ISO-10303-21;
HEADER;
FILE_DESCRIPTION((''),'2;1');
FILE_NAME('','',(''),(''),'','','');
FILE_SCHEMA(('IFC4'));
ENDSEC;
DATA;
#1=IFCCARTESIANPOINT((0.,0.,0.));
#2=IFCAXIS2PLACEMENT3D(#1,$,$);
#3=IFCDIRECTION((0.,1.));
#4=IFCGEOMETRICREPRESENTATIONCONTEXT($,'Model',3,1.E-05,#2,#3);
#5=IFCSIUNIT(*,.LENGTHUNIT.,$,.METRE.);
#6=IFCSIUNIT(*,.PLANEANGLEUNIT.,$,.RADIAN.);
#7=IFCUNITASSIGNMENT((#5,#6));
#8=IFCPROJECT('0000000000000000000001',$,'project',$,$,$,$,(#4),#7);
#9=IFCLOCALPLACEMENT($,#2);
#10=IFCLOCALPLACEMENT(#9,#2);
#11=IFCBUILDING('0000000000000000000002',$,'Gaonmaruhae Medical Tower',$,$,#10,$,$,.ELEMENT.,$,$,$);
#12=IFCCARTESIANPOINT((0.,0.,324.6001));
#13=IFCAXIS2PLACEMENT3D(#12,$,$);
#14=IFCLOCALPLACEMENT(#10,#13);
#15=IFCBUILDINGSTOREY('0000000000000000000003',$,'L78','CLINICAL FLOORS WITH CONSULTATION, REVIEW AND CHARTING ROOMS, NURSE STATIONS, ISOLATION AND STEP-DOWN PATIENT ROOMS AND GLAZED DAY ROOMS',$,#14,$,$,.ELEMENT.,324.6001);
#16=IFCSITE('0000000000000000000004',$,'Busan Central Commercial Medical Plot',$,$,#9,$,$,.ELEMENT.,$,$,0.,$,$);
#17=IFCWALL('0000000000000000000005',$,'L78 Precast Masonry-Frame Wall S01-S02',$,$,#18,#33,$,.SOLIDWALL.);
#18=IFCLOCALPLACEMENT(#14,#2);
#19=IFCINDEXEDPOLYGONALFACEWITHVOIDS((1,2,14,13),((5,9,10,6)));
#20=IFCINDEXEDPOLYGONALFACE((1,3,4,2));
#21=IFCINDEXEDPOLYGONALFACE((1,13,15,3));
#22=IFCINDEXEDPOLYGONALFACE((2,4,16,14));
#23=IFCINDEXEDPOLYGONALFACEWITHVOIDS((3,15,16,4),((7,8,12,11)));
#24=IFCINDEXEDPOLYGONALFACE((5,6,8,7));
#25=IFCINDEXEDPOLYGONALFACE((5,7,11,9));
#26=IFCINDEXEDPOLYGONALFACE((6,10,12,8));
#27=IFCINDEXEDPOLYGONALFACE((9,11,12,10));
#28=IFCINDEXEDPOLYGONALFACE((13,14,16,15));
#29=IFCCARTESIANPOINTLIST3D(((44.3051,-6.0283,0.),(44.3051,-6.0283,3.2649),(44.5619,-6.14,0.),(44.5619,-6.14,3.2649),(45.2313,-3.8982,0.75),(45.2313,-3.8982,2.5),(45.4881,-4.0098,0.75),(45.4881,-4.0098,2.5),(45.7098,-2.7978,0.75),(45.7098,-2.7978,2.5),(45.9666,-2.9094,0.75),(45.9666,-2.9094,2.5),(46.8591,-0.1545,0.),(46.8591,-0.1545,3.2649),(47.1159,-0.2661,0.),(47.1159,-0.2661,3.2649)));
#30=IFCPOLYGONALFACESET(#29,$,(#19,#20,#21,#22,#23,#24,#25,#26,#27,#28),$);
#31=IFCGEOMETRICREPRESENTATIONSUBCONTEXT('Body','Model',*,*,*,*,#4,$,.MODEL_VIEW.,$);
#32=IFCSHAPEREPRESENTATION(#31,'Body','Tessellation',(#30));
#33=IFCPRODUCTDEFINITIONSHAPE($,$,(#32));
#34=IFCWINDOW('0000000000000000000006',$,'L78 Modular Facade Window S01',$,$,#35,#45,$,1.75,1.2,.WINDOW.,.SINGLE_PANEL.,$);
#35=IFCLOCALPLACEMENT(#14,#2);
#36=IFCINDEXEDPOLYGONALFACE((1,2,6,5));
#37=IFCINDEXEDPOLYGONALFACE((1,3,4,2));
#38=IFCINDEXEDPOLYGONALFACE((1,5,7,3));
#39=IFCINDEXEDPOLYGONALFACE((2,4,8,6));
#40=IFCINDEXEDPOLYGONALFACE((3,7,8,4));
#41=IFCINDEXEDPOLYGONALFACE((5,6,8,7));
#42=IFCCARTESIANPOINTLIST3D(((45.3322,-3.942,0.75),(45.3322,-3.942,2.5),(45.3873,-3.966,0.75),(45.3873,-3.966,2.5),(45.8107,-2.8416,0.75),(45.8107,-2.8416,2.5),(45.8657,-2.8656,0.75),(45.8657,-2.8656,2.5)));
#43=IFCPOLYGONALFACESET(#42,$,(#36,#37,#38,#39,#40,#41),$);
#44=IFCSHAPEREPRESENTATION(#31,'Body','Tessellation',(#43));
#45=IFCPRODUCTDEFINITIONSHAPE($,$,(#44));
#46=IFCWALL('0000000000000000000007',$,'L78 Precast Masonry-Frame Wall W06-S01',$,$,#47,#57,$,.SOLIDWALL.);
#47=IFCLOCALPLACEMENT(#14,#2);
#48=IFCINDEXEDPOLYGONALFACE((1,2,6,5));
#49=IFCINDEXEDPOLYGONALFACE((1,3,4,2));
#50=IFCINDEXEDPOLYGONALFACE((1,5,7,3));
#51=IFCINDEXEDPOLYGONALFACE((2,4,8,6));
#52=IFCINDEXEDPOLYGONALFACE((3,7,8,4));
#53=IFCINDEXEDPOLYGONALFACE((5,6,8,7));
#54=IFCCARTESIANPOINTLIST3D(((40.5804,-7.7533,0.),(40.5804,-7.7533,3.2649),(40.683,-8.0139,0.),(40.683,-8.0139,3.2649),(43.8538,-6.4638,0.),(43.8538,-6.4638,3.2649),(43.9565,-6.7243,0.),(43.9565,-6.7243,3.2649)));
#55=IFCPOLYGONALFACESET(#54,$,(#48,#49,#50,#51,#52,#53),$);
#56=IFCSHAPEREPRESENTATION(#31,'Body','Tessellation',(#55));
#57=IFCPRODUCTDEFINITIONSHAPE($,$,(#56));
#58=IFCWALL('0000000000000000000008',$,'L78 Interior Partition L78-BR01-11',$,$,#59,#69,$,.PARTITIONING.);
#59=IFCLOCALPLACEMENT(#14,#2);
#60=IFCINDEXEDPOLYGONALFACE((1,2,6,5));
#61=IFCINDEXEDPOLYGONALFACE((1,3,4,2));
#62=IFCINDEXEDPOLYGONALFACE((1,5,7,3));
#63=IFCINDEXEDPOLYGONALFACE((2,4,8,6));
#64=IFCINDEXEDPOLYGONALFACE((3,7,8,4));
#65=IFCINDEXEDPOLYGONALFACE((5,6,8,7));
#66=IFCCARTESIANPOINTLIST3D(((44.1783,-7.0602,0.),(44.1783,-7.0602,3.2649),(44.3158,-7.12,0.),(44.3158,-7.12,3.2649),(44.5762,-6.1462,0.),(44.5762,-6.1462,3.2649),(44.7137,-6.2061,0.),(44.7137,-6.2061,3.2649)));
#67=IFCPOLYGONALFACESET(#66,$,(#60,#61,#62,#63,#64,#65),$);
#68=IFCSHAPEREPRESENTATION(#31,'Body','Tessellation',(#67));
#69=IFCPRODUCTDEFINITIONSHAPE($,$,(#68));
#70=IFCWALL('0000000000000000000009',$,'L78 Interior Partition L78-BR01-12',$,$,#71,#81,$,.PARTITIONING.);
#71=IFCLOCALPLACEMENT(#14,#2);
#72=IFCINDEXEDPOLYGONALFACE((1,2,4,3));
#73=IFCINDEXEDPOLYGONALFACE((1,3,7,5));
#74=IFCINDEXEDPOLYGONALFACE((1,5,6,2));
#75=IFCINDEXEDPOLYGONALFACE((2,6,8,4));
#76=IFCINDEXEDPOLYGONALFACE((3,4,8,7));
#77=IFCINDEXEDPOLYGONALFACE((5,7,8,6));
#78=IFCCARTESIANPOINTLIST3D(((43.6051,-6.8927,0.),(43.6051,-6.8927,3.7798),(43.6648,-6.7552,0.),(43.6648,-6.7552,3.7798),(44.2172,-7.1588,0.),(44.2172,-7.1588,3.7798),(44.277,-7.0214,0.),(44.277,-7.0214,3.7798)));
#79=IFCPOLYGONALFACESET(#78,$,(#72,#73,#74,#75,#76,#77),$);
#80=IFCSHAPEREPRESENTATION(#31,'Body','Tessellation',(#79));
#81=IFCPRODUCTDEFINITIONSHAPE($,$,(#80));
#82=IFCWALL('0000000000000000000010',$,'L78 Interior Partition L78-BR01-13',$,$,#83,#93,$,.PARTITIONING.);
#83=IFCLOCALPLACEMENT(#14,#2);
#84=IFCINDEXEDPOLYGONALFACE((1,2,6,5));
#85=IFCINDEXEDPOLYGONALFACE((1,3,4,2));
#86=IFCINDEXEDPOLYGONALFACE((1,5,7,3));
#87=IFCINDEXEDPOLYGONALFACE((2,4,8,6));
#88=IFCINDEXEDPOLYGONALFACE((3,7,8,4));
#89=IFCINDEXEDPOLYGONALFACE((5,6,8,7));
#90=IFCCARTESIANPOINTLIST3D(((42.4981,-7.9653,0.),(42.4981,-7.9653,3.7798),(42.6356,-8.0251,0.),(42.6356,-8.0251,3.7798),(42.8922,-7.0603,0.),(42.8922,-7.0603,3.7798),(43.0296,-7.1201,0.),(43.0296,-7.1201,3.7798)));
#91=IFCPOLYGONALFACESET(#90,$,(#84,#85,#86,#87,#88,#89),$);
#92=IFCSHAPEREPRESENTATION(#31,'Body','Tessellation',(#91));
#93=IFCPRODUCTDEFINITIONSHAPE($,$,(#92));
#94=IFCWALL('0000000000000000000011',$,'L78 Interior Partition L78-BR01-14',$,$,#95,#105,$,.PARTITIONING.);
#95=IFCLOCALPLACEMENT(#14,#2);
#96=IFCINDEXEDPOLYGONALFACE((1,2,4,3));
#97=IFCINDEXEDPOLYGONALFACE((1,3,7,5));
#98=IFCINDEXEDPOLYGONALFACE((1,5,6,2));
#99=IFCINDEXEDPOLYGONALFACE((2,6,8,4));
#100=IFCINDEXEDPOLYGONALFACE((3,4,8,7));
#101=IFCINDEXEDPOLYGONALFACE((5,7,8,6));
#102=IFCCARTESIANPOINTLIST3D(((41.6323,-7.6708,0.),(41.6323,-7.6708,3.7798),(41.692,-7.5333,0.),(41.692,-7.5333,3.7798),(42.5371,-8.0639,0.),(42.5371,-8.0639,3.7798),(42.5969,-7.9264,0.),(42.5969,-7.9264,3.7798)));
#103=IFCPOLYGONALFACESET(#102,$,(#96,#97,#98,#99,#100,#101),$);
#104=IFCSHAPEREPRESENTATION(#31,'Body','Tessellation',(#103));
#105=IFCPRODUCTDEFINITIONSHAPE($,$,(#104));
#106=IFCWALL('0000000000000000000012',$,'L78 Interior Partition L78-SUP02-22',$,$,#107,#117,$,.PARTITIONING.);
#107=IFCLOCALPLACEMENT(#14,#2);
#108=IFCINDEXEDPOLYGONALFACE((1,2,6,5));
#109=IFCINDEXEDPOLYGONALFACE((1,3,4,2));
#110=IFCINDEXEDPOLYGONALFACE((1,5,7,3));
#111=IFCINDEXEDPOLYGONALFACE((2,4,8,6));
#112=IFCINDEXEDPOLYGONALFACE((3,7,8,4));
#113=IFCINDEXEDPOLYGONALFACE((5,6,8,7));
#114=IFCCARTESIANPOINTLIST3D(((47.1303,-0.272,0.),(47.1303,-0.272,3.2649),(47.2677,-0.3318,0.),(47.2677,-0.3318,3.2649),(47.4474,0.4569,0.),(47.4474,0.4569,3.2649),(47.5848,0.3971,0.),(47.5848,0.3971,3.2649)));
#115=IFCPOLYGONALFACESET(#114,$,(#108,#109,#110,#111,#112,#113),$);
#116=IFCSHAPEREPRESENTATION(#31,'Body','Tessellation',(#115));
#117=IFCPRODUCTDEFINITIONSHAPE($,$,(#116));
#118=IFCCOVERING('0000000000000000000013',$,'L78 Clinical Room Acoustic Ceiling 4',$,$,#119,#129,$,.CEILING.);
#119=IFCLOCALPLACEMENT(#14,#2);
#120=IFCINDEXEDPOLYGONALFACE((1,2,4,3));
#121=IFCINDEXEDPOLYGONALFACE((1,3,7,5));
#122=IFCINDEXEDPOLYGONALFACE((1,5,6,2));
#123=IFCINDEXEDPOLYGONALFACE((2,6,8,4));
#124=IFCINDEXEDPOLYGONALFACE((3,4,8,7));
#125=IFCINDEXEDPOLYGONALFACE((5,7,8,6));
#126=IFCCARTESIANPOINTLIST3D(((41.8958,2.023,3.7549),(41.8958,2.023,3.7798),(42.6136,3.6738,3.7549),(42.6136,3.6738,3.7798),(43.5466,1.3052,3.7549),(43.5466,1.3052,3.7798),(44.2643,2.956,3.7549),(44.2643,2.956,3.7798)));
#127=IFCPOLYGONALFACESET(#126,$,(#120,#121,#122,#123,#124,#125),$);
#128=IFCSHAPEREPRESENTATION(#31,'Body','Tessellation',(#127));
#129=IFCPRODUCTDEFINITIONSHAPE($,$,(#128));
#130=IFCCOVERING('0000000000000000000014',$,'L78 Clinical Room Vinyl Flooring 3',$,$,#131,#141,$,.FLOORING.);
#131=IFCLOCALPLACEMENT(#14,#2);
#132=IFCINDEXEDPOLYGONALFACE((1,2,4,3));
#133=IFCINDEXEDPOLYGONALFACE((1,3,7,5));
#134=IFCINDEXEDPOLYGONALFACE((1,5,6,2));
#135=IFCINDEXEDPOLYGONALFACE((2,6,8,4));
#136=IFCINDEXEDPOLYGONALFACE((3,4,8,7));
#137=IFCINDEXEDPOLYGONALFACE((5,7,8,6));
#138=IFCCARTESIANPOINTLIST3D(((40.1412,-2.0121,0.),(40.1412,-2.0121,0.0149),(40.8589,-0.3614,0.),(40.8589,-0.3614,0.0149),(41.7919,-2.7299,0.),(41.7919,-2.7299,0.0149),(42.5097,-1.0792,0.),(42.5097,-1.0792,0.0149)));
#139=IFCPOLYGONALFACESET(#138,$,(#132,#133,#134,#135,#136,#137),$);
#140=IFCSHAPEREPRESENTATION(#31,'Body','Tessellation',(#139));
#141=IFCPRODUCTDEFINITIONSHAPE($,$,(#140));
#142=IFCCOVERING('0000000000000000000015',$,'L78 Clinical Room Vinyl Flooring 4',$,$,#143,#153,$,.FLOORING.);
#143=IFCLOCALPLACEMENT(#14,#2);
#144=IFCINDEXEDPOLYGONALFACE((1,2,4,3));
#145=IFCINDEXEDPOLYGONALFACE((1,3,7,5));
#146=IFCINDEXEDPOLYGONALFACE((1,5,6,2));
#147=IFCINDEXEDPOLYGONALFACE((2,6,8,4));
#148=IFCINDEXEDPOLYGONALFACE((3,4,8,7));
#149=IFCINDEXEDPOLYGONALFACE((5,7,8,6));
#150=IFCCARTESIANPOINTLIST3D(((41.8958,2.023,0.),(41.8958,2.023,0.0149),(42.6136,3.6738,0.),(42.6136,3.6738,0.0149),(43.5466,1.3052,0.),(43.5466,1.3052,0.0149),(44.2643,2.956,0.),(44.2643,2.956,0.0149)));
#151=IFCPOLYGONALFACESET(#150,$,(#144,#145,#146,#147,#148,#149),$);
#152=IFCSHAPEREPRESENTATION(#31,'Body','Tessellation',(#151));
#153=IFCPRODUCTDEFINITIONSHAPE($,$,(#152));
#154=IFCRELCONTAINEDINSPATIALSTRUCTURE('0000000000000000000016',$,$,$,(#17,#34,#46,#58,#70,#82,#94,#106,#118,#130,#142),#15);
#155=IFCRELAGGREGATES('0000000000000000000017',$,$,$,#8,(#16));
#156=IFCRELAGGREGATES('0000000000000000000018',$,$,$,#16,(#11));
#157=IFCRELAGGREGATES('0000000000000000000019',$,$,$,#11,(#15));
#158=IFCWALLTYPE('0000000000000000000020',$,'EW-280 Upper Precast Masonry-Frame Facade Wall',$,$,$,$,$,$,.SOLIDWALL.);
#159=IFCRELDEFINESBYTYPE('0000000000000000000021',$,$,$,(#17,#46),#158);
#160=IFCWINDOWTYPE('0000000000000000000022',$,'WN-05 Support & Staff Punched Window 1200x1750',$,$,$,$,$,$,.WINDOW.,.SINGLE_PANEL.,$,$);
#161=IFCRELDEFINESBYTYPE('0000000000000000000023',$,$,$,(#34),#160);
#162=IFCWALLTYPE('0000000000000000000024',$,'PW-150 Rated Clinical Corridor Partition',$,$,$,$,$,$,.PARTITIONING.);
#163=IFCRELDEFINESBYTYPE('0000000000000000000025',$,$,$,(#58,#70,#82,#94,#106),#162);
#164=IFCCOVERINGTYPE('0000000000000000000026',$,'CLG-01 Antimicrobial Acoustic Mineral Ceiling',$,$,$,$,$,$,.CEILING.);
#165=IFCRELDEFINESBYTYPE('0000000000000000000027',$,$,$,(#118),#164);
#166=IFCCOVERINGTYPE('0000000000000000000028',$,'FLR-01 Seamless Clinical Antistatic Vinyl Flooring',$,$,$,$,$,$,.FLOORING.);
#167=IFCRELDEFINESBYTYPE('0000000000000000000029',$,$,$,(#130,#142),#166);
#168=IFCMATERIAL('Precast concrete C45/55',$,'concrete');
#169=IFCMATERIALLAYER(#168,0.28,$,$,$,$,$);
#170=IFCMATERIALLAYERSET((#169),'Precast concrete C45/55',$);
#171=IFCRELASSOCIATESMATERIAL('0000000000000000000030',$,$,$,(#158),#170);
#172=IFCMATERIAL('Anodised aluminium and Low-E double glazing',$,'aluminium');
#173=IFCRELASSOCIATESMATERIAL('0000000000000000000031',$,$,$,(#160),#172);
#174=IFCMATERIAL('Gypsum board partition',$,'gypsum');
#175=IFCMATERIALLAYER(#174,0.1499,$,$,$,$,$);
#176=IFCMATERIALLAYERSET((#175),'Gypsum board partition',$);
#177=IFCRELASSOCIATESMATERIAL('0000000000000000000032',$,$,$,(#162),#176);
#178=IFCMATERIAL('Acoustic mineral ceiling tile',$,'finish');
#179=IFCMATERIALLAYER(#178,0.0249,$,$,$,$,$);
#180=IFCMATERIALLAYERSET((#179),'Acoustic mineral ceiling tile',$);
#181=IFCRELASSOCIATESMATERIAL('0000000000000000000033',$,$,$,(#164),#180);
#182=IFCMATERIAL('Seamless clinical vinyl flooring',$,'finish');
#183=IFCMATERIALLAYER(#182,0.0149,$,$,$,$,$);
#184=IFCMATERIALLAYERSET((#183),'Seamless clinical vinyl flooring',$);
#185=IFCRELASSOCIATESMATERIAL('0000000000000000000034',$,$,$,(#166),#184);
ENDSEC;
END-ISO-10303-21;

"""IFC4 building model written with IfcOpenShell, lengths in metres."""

from ifc_helpers import new_model, si_unit, direction, frame, frame_2d, origin, origin_2d, place, context, subcontext, project, spatial, rectangle, extrude, material, layer, layer_set, type_object, element, fill, save


model = new_model("IFC4")

# Units and contexts
model_context = context("Model", 3, precision=1e-05, world=origin(), true_north=direction((0.0, 1.0)))
body_context = subcontext(model_context, "Body", "Model", "MODEL_VIEW")
ifc_project = project(units=[si_unit("LENGTHUNIT", "METRE"), si_unit("PLANEANGLEUNIT", "RADIAN")], contexts=[model_context])

# Site, building, storey
site_placement = place(None, origin())
site = spatial("IfcSite", under=ifc_project, at=site_placement, Name="Busan Central Commercial Medical Plot", CompositionType="ELEMENT", RefElevation=0.0)
building_placement = place(site_placement, origin())
building = spatial("IfcBuilding", under=site, at=building_placement, Name="Gaonmaruhae Medical Tower", CompositionType="ELEMENT")
storey_placement = place(building_placement, frame((0.0, 0.0, 324.6001)))
storey = spatial("IfcBuildingStorey", under=building, at=storey_placement, Name="L78", Description="CLINICAL FLOORS WITH CONSULTATION, REVIEW AND CHARTING ROOMS, NURSE STATIONS, ISOLATION AND STEP-DOWN PATIENT ROOMS AND GLAZED DAY ROOMS", CompositionType="ELEMENT", Elevation=324.6001)

# Wall, opening, window
ifc_material_1 = material(Name="Precast concrete C45/55", Category="concrete")
ifc_layer_1 = layer(ifc_material_1, 0.28)
ifc_layer_set_1 = layer_set([ifc_layer_1], Name="Precast concrete C45/55")
wall_type_1 = type_object("IfcWallType", Name="EW-280 Upper Precast Masonry-Frame Facade Wall", PredefinedType="SOLIDWALL", material=ifc_layer_set_1)
wall_1_placement = place(storey_placement, frame((46.9875, -0.2102, 0.0), z_axis=(0.0, 0.0, 1.0), x_axis=(-0.398744, -0.917062, 0.0)))
wall_1 = element("IfcWall", 1, at=wall_1_placement, inside=storey, type_object=wall_type_1, Name="L78 Precast Masonry-Frame Wall S01-S02", PredefinedType="SOLIDWALL", context=body_context, shape_type="SweptSolid", body=[
    extrude(rectangle(XDim=6.405, YDim=0.28, at=frame_2d((3.2026, 0.0))), origin(), (0.0, 0.0, 1.0), 3.2649),
])
opening_placement = place(wall_1_placement, frame((2.8823, 0.0, 0.75)))
opening = element("IfcOpeningElement", 2, at=opening_placement, cuts=wall_1, PredefinedType="OPENING", context=body_context, shape_type="SweptSolid", body=[
    extrude(rectangle(XDim=1.2, YDim=1.75, at=frame_2d((0.6001, 0.875))), frame((0.0, 0.1499, 0.0), z_axis=(0.0, -1.0, 0.0), x_axis=(1.0, 0.0, 0.0)), (0.0, 0.0, 1.0), 0.3),
])
ifc_material_2 = material(Name="Anodised aluminium and Low-E double glazing", Category="aluminium")
window_type = type_object("IfcWindowType", Name="WN-05 Support & Staff Punched Window 1200x1750", PartitioningType="SINGLE_PANEL", PredefinedType="WINDOW", material=ifc_material_2)
window_placement = place(opening_placement, origin())
window = element("IfcWindow", 3, at=window_placement, inside=storey, type_object=window_type, Name="L78 Modular Facade Window S01", OverallHeight=1.75, OverallWidth=1.2, PartitioningType="SINGLE_PANEL", PredefinedType="WINDOW", context=body_context, shape_type="SweptSolid", body=[
    extrude(rectangle(XDim=1.2, YDim=1.75, at=frame_2d((0.6001, 0.875))), frame((0.0, 0.03, 0.0), z_axis=(0.0, -1.0, 0.0), x_axis=(1.0, 0.0, 0.0)), (0.0, 0.0, 1.0), 0.0601),
])
fill(opening, window)

# Walls
wall_2_placement = place(storey_placement, frame((43.9053, -6.594, 0.0), z_axis=(0.0, 0.0, 1.0), x_axis=(-0.930407, -0.366528, 0.0)))
element("IfcWall", 4, at=wall_2_placement, inside=storey, type_object=wall_type_1, Name="L78 Precast Masonry-Frame Wall W06-S01", PredefinedType="SOLIDWALL", context=body_context, shape_type="SweptSolid", body=[
    extrude(rectangle(XDim=3.5183, YDim=0.28, at=frame_2d((1.7593, 0.0))), origin(), (0.0, 0.0, 1.0), 3.2649),
])
ifc_material_3 = material(Name="Gypsum board partition", Category="gypsum")
ifc_layer_2 = layer(ifc_material_3, 0.1499)
ifc_layer_set_2 = layer_set([ifc_layer_2], Name="Gypsum board partition")
wall_type_2 = type_object("IfcWallType", Name="PW-150 Rated Clinical Corridor Partition", PredefinedType="PARTITIONING", material=ifc_layer_set_2)
wall_3_placement = place(storey_placement, frame((44.645, -6.176, 0.0), z_axis=(0.0, 0.0, 1.0), x_axis=(-0.399174, -0.916875, 0.0)))
element("IfcWall", 5, at=wall_3_placement, inside=storey, type_object=wall_type_2, Name="L78 Interior Partition L78-BR01-11", PredefinedType="PARTITIONING", context=body_context, shape_type="SweptSolid", body=[
    extrude(rectangle(XDim=0.9968, YDim=0.1499, at=frame_2d((0.4985, 0.0))), origin(), (0.0, 0.0, 1.0), 3.2649),
])
wall_4_placement = place(storey_placement, frame((44.2471, -7.0901, 0.0), z_axis=(0.0, 0.0, 1.0), x_axis=(-0.91707, 0.398726, 0.0)))
element("IfcWall", 6, at=wall_4_placement, inside=storey, type_object=wall_type_2, Name="L78 Interior Partition L78-BR01-12", PredefinedType="PARTITIONING", context=body_context, shape_type="SweptSolid", body=[
    extrude(rectangle(XDim=0.6675, YDim=0.1499, at=frame_2d((0.3337, 0.0))), origin(), (0.0, 0.0, 1.0), 3.7798),
])
wall_5_placement = place(storey_placement, frame((42.9609, -7.0901, 0.0), z_axis=(0.0, 0.0, 1.0), x_axis=(-0.399196, -0.916865, 0.0)))
element("IfcWall", 7, at=wall_5_placement, inside=storey, type_object=wall_type_2, Name="L78 Interior Partition L78-BR01-13", PredefinedType="PARTITIONING", context=body_context, shape_type="SweptSolid", body=[
    extrude(rectangle(XDim=0.9871, YDim=0.1499, at=frame_2d((0.4937, 0.0))), origin(), (0.0, 0.0, 1.0), 3.7798),
])
wall_6_placement = place(storey_placement, frame((42.5669, -7.9951, 0.0), z_axis=(0.0, 0.0, 1.0), x_axis=(-0.917188, 0.398455, 0.0)))
element("IfcWall", 8, at=wall_6_placement, inside=storey, type_object=wall_type_2, Name="L78 Interior Partition L78-BR01-14", PredefinedType="PARTITIONING", context=body_context, shape_type="SweptSolid", body=[
    extrude(rectangle(XDim=0.9866, YDim=0.1499, at=frame_2d((0.4932, 0.0))), origin(), (0.0, 0.0, 1.0), 3.7798),
])
wall_7_placement = place(storey_placement, frame((47.5161, 0.427, 0.0), z_axis=(0.0, 0.0, 1.0), x_axis=(-0.398917, -0.916987, 0.0)))
element("IfcWall", 9, at=wall_7_placement, inside=storey, type_object=wall_type_2, Name="L78 Interior Partition L78-SUP02-22", PredefinedType="PARTITIONING", context=body_context, shape_type="SweptSolid", body=[
    extrude(rectangle(XDim=0.7949, YDim=0.1499, at=frame_2d((0.3975, 0.0))), origin(), (0.0, 0.0, 1.0), 3.2649),
])

# Coverings
ifc_material_4 = material(Name="Acoustic mineral ceiling tile", Category="finish")
ifc_layer_3 = layer(ifc_material_4, 0.0249)
ifc_layer_set_3 = layer_set([ifc_layer_3], Name="Acoustic mineral ceiling tile")
covering_type_1 = type_object("IfcCoveringType", Name="CLG-01 Antimicrobial Acoustic Mineral Ceiling", PredefinedType="CEILING", material=ifc_layer_set_3)
covering_placement = place(storey_placement, frame((43.0801, 2.4895, 3.7549), z_axis=(0.0, 0.0, 1.0), x_axis=(0.398749, 0.91706, 0.0)))
element("IfcCovering", 10, at=covering_placement, inside=storey, type_object=covering_type_1, Name="L78 Clinical Room Acoustic Ceiling 4", PredefinedType="CEILING", context=body_context, shape_type="SweptSolid", body=[
    extrude(rectangle(XDim=1.8, YDim=1.8, at=origin_2d()), origin(), (0.0, 0.0, 1.0), 0.0249),
])
ifc_material_5 = material(Name="Seamless clinical vinyl flooring", Category="finish")
ifc_layer_4 = layer(ifc_material_5, 0.0149)
ifc_layer_set_4 = layer_set([ifc_layer_4], Name="Seamless clinical vinyl flooring")
covering_type_2 = type_object("IfcCoveringType", Name="FLR-01 Seamless Clinical Antistatic Vinyl Flooring", PredefinedType="FLOORING", material=ifc_layer_set_4)
for number, where, z_axis, x_axis, name in (
    (11, (41.3254, -1.5457, 0.0), (0.0, 0.0, 1.0), (0.398749, 0.91706, 0.0), "L78 Clinical Room Vinyl Flooring 3"),
    (12, (43.0801, 2.4895, 0.0), (0.0, 0.0, 1.0), (0.398749, 0.91706, 0.0), "L78 Clinical Room Vinyl Flooring 4"),
):
    element("IfcCovering", number, at=place(storey_placement, frame(where, z_axis=z_axis, x_axis=x_axis)), inside=storey, type_object=covering_type_2, Name=name, PredefinedType="FLOORING", context=body_context, shape_type="SweptSolid", body=[
        extrude(rectangle(XDim=1.8, YDim=1.8, at=origin_2d()), origin(), (0.0, 0.0, 1.0), 0.0149),
    ])

save(model, "model.ifc")
